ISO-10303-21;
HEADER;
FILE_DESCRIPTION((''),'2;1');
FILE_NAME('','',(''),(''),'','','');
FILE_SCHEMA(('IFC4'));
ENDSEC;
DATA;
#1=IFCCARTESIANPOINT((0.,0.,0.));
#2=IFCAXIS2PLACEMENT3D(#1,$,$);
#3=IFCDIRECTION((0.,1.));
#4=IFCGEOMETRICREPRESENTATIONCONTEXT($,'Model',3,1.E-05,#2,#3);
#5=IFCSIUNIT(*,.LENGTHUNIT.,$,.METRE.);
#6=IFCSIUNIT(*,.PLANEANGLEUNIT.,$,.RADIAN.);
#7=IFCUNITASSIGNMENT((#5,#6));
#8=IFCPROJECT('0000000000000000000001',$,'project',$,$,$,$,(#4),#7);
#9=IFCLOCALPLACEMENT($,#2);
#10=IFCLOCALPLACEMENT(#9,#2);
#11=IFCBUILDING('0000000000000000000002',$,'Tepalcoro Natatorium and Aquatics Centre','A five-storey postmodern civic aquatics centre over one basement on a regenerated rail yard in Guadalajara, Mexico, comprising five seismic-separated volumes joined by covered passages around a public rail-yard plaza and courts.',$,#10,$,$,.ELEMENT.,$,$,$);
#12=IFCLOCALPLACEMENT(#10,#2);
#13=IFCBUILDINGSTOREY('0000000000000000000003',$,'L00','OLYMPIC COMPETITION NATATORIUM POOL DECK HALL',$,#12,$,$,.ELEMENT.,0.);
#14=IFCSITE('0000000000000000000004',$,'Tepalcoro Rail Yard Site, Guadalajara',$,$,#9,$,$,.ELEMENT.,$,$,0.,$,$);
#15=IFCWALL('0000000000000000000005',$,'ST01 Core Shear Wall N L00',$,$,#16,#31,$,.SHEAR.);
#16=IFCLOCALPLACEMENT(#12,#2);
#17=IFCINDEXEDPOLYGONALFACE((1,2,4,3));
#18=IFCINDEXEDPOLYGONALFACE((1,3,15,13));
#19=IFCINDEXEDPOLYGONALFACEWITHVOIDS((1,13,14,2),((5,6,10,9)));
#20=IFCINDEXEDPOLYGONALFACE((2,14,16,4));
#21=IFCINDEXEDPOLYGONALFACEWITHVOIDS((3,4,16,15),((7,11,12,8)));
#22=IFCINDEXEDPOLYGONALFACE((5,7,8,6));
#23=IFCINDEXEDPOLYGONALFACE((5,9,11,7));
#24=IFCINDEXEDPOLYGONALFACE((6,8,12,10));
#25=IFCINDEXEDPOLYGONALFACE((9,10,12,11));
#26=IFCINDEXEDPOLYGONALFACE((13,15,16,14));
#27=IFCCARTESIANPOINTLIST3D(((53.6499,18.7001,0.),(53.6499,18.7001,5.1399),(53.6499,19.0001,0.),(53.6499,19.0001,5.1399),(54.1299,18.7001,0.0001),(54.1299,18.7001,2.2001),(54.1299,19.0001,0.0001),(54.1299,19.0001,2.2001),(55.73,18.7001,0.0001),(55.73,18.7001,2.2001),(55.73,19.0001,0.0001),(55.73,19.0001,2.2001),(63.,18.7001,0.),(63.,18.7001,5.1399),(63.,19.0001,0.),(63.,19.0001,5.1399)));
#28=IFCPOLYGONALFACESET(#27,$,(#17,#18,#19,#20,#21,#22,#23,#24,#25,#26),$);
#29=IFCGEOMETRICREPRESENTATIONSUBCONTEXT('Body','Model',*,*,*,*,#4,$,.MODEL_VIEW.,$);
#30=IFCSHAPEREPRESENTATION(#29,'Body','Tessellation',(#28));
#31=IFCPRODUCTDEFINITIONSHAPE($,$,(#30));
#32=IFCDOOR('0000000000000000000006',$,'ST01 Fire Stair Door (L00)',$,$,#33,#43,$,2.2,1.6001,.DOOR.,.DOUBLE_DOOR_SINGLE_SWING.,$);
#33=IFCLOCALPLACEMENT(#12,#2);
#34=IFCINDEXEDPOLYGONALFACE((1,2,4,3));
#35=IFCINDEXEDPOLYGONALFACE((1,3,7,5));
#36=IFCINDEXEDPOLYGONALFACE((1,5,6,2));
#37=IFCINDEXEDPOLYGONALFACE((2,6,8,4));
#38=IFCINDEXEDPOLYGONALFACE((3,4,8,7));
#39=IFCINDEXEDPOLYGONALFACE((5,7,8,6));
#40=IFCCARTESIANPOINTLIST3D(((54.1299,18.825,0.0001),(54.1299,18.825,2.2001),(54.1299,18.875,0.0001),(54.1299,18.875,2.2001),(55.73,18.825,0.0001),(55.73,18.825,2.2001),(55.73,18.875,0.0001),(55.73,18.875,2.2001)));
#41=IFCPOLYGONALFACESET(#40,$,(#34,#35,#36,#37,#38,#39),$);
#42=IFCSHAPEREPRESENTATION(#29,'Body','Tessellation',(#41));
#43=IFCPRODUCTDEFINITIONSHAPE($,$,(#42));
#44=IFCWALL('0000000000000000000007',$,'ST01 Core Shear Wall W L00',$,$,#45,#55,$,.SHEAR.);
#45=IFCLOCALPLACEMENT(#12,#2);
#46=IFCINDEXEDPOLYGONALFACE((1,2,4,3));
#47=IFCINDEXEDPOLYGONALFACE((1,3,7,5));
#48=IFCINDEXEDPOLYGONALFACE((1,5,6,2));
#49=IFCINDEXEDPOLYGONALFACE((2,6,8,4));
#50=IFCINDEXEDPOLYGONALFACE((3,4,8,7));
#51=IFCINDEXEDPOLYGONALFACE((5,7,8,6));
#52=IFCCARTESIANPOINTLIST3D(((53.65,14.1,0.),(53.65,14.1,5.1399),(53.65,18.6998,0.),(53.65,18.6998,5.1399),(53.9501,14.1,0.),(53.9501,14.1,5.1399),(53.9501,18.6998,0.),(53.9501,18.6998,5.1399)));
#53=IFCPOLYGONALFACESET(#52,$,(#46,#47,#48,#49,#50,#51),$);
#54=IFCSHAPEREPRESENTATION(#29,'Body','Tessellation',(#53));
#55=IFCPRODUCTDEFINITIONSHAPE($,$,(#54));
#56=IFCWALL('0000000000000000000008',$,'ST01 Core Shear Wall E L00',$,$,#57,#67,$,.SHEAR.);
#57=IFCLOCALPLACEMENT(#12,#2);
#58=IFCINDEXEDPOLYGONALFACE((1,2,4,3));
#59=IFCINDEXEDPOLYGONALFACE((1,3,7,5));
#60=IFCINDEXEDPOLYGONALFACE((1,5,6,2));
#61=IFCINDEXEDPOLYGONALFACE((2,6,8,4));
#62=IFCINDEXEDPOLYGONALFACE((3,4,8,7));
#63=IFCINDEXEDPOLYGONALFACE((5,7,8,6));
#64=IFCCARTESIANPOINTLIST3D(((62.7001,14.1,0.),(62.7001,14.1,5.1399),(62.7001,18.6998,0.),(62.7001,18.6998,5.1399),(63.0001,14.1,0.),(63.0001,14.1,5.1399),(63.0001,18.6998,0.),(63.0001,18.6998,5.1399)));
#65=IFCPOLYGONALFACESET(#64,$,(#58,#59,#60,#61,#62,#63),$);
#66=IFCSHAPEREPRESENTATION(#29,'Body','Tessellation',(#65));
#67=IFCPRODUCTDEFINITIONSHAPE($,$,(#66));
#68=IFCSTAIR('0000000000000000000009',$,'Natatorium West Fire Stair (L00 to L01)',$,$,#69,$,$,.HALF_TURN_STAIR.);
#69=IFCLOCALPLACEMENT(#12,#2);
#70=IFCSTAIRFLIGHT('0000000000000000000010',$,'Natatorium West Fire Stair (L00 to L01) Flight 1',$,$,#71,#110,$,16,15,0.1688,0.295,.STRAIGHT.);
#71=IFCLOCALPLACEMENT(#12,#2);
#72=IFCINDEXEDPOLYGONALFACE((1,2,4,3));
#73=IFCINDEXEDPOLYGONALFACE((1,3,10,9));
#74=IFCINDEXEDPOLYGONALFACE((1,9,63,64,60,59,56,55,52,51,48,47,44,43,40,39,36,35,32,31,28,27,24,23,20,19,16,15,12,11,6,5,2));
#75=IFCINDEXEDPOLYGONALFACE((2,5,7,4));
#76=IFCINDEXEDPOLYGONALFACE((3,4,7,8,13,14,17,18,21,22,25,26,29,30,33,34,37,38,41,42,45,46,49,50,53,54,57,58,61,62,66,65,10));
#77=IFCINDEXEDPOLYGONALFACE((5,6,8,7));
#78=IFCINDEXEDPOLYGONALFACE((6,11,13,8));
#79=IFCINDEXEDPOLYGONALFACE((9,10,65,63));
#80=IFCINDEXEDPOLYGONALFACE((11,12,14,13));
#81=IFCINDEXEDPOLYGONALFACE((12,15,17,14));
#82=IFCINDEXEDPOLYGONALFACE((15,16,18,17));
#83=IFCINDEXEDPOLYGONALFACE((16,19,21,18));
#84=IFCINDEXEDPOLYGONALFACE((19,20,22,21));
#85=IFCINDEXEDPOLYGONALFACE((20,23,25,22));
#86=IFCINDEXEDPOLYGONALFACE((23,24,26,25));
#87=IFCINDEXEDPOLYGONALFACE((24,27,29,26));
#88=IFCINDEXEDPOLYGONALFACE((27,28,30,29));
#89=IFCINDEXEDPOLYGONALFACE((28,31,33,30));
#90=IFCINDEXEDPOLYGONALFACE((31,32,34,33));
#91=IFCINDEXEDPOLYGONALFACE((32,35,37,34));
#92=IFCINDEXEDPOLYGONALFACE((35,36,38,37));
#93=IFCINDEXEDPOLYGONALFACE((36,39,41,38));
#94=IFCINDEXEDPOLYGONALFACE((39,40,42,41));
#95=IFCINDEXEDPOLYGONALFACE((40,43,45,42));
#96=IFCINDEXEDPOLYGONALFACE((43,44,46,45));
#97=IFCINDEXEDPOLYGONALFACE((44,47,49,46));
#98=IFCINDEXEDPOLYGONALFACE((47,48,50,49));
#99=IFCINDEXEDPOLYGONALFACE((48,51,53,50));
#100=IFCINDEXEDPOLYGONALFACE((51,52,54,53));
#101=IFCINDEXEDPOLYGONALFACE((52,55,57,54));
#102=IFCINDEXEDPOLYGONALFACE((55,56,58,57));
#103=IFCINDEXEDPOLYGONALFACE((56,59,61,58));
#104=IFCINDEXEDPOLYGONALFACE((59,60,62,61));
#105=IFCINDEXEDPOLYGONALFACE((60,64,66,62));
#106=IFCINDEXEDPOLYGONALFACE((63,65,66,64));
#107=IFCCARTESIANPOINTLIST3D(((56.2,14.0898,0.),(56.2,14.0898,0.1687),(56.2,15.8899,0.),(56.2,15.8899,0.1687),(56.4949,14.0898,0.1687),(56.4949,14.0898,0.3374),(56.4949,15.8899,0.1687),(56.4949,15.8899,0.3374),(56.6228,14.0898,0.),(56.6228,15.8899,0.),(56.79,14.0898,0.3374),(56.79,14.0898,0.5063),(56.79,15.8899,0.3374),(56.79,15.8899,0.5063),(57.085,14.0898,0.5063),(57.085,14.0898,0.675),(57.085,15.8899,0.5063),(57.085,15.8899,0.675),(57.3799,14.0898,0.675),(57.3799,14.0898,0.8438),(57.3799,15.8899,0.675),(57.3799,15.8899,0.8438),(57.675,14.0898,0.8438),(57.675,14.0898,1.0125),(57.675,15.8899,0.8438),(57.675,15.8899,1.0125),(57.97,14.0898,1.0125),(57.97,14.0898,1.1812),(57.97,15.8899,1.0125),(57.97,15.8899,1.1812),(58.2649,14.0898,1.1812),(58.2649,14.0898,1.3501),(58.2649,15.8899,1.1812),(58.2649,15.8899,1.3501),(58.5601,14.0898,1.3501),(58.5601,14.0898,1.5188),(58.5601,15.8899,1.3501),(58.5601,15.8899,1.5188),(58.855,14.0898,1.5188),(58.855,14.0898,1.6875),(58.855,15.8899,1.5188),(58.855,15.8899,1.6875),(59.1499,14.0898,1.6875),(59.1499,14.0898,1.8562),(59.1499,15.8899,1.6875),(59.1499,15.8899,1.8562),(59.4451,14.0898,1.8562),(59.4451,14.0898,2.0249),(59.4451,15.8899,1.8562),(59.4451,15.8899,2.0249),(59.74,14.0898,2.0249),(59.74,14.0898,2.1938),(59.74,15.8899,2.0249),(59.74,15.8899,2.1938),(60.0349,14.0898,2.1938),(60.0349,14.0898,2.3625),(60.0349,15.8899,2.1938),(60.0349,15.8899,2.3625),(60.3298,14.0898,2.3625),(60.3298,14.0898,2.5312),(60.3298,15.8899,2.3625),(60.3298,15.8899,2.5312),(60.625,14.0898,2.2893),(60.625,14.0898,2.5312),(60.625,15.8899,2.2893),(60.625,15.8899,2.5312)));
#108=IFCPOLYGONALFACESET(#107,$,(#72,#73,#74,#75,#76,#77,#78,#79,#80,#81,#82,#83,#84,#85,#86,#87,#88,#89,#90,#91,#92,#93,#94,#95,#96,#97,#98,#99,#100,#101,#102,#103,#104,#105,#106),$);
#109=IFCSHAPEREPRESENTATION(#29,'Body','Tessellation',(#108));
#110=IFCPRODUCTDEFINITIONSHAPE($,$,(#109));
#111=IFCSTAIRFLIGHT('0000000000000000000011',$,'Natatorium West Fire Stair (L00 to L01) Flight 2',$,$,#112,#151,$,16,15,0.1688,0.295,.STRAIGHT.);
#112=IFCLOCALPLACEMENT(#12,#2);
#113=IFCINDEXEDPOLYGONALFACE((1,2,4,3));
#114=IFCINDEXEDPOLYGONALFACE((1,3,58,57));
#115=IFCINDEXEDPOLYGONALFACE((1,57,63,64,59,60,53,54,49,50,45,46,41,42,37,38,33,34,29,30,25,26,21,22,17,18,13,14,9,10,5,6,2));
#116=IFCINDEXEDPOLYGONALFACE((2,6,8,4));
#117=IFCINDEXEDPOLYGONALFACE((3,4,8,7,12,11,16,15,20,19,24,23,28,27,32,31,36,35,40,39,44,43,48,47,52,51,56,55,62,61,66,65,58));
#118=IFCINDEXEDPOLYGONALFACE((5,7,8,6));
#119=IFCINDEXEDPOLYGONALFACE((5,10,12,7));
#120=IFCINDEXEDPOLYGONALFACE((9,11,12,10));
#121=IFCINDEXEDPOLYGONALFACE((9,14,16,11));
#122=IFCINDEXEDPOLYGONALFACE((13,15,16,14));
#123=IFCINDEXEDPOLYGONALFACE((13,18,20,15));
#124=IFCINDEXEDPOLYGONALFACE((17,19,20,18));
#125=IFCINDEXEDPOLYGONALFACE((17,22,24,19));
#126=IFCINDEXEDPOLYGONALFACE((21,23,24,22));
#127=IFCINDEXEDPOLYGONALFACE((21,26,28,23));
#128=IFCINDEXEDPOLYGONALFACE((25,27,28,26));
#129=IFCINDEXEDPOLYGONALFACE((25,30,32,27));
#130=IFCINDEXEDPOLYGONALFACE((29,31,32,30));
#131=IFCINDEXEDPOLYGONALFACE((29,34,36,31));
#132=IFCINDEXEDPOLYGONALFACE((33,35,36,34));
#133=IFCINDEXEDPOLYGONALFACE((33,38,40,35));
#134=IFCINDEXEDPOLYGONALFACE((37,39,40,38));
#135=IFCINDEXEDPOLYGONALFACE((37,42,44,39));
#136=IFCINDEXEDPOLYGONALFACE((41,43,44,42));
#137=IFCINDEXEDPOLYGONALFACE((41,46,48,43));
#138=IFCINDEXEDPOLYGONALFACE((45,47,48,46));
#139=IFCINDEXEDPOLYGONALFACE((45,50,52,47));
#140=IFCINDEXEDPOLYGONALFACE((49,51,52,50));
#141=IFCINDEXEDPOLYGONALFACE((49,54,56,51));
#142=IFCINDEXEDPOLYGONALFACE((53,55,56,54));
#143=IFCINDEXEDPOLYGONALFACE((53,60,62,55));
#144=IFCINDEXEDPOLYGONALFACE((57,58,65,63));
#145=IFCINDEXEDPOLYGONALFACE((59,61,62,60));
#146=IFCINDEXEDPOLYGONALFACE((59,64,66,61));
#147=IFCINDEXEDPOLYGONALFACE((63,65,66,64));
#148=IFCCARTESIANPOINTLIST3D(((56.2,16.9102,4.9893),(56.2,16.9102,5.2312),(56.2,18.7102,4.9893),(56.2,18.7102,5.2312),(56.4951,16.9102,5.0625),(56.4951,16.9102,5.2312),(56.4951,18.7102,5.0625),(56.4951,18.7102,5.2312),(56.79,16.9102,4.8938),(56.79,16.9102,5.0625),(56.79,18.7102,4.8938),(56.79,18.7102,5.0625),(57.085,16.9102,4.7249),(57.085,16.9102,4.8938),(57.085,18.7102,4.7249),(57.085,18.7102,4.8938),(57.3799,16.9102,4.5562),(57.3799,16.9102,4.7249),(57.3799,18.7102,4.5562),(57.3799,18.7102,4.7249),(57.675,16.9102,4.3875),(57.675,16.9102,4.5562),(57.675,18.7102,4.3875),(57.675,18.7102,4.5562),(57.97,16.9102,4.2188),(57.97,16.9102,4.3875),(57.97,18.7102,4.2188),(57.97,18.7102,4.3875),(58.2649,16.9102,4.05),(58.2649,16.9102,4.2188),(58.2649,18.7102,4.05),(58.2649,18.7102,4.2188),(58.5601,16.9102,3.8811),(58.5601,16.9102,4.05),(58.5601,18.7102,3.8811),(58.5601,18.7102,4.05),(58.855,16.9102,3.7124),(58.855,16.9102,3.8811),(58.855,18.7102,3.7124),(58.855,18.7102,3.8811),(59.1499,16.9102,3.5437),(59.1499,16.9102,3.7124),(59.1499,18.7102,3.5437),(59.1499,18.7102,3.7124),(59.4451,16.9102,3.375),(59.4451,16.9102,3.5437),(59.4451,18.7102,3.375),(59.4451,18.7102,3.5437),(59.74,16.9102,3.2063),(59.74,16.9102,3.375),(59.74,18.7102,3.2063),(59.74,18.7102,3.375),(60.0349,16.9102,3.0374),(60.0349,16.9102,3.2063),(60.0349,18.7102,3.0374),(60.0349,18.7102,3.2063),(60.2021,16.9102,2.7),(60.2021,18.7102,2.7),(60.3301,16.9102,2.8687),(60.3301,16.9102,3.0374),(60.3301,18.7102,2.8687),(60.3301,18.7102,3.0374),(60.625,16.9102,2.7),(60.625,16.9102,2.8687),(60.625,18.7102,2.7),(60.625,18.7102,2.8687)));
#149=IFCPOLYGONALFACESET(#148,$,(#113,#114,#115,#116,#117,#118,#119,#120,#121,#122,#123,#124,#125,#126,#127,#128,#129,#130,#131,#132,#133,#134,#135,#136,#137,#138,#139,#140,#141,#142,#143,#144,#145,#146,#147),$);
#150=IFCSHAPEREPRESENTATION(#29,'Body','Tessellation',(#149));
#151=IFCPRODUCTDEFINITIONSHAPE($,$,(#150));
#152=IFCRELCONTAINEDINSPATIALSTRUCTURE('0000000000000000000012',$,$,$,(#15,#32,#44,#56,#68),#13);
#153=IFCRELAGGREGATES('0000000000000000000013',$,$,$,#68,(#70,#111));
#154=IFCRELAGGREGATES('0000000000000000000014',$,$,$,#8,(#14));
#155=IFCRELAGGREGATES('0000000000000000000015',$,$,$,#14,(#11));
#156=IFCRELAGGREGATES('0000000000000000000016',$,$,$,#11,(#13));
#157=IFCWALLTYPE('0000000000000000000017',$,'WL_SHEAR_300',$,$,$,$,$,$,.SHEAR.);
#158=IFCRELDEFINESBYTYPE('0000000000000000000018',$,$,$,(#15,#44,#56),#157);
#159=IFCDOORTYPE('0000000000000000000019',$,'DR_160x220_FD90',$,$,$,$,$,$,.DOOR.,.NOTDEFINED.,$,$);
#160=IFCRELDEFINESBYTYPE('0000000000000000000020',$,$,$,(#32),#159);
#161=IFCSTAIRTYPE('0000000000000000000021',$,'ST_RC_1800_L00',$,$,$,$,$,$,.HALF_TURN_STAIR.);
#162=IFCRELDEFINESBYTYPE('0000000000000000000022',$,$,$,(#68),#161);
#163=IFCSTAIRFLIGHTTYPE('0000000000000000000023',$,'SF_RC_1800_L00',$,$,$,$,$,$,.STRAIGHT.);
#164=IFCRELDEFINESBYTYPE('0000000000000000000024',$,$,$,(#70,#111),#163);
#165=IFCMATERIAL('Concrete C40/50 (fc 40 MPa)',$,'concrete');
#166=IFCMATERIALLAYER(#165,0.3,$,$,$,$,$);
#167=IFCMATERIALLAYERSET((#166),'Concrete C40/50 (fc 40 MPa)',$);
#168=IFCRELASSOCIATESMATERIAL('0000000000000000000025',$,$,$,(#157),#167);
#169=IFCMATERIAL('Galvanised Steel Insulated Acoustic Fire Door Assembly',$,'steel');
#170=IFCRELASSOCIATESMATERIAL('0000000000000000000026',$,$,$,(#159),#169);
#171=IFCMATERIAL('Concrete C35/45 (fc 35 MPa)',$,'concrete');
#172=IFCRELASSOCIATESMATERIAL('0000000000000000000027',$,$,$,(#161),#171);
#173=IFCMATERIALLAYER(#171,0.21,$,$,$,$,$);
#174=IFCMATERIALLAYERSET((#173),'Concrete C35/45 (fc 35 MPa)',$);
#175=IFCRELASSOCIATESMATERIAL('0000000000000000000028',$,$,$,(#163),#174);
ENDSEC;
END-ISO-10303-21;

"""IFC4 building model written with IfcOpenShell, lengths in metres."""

from ifc_helpers import new_model, si_unit, direction, frame, frame_2d, origin, place, context, subcontext, project, spatial, polyline, rectangle, outline, extrude, material, layer, layer_set, type_object, element, fill, aggregate, save


model = new_model("IFC4")

# Units and contexts
model_context = context("Model", 3, precision=1e-05, world=origin(), true_north=direction((0.0, 1.0)))
body_context = subcontext(model_context, "Body", "Model", "MODEL_VIEW")
ifc_project = project(units=[si_unit("LENGTHUNIT", "METRE"), si_unit("PLANEANGLEUNIT", "RADIAN")], contexts=[model_context])

# Site, building, storey
site_placement = place(None, origin())
site = spatial("IfcSite", under=ifc_project, at=site_placement, Name="Tepalcoro Rail Yard Site, Guadalajara", CompositionType="ELEMENT", RefElevation=0.0)
building_placement = place(site_placement, origin())
building = spatial("IfcBuilding", under=site, at=building_placement, Name="Tepalcoro Natatorium and Aquatics Centre", Description="A five-storey postmodern civic aquatics centre over one basement on a regenerated rail yard in Guadalajara, Mexico, comprising five seismic-separated volumes joined by covered passages around a public rail-yard plaza and courts.", CompositionType="ELEMENT")
storey_placement = place(building_placement, origin())
storey = spatial("IfcBuildingStorey", under=building, at=storey_placement, Name="L00", Description="OLYMPIC COMPETITION NATATORIUM POOL DECK HALL", CompositionType="ELEMENT", Elevation=0.0)

# Shared definitions
ifc_material_1 = material(Name="Concrete C40/50 (fc 40 MPa)", Category="concrete")

# Shared definitions
ifc_material_2 = material(Name="Galvanised Steel Insulated Acoustic Fire Door Assembly", Category="steel")

# Wall, opening, door
ifc_layer_1 = layer(ifc_material_1, 0.3)
ifc_layer_set_1 = layer_set([ifc_layer_1], Name="Concrete C40/50 (fc 40 MPa)")
wall_type_1 = type_object("IfcWallType", Name="WL_SHEAR_300", PredefinedType="SHEAR", material=ifc_layer_set_1)
wall_1_placement = place(storey_placement, frame((53.6499, 18.8501, 0.0), z_axis=(0.0, 0.0, 1.0), x_axis=(1.0, 0.0, 0.0)))
wall_1 = element("IfcWall", 1, at=wall_1_placement, inside=storey, type_object=wall_type_1, Name="ST01 Core Shear Wall N L00", PredefinedType="SHEAR", context=body_context, shape_type="SweptSolid", body=[
    extrude(rectangle(XDim=9.3501, YDim=0.3, at=frame_2d((4.675, 0.0))), origin(), (0.0, 0.0, 1.0), 5.1399),
])
opening_1_placement = place(wall_1_placement, frame((0.48, 0.0, 0.0)))
opening_1 = element("IfcOpeningElement", 2, at=opening_1_placement, cuts=wall_1, PredefinedType="OPENING", context=body_context, shape_type="SweptSolid", body=[
    extrude(rectangle(XDim=1.6001, YDim=2.2, at=frame_2d((0.8, 1.1001))), frame((0.0, 0.1621, 0.0), z_axis=(0.0, -1.0, 0.0), x_axis=(1.0, 0.0, 0.0)), (0.0, 0.0, 1.0), 0.324),
])
door_type_1 = type_object("IfcDoorType", Name="DR_160x220_FD90", OperationType="NOTDEFINED", PredefinedType="DOOR", material=ifc_material_2)
door_1_placement = place(opening_1_placement, origin())
door_1 = element("IfcDoor", 3, at=door_1_placement, inside=storey, type_object=door_type_1, Name="ST01 Fire Stair Door (L00)", OperationType="DOUBLE_DOOR_SINGLE_SWING", OverallHeight=2.2, OverallWidth=1.6001, PredefinedType="DOOR", context=body_context, shape_type="SweptSolid", body=[
    extrude(rectangle(XDim=1.6001, YDim=2.2, at=frame_2d((0.8, 1.1001))), frame((0.0, 0.0249, 0.0), z_axis=(0.0, -1.0, 0.0), x_axis=(1.0, 0.0, 0.0)), (0.0, 0.0, 1.0), 0.05),
])
fill(opening_1, door_1)

# Walls
for number, where, z_axis, x_axis, name in (
    (4, (53.8, 14.1001, 0.0), (0.0, 0.0, 1.0), (0.0, 1.0, 0.0), "ST01 Core Shear Wall W L00"),
    (5, (62.8501, 14.1001, 0.0), (0.0, 0.0, 1.0), (0.0, 1.0, 0.0), "ST01 Core Shear Wall E L00"),
):
    element("IfcWall", number, at=place(storey_placement, frame(where, z_axis=z_axis, x_axis=x_axis)), inside=storey, type_object=wall_type_1, Name=name, PredefinedType="SHEAR", context=body_context, shape_type="SweptSolid", body=[
        extrude(rectangle(XDim=4.5999, YDim=0.3, at=frame_2d((2.2998, 0.0))), origin(), (0.0, 0.0, 1.0), 5.1399),
    ])

# Stair, stair flights
ifc_material_3 = material(Name="Concrete C35/45 (fc 35 MPa)", Category="concrete")
stair_type = type_object("IfcStairType", Name="ST_RC_1800_L00", PredefinedType="HALF_TURN_STAIR", material=ifc_material_3)
stair_placement = place(storey_placement, origin())
stair = element("IfcStair", 6, at=stair_placement, inside=storey, type_object=stair_type, Name="Natatorium West Fire Stair (L00 to L01)", PredefinedType="HALF_TURN_STAIR")
ifc_layer_2 = layer(ifc_material_3, 0.21)
ifc_layer_set_2 = layer_set([ifc_layer_2], Name="Concrete C35/45 (fc 35 MPa)")
stair_flight_type = type_object("IfcStairFlightType", Name="SF_RC_1800_L00", PredefinedType="STRAIGHT", material=ifc_layer_set_2)
stair_flight_1_placement = place(storey_placement, frame((56.2, 14.99, 0.0), z_axis=(0.0, 0.0, 1.0), x_axis=(1.0, 0.0, 0.0)))
stair_flight_1 = element("IfcStairFlight", 7, at=stair_flight_1_placement, type_object=stair_flight_type, Name="Natatorium West Fire Stair (L00 to L01) Flight 1", NumberOfRisers=16, NumberOfTreads=15, PredefinedType="STRAIGHT", RiserHeight=0.1688, TreadLength=0.295, context=body_context, shape_type="SweptSolid", body=[
    extrude(outline(polyline([(0.0, 0.0), (0.0, 0.1687), (0.2949, 0.1687), (0.2949, 0.3374), (0.5901, 0.3374), (0.5901, 0.5063), (0.885, 0.5063), (0.885, 0.675), (1.1799, 0.675), (1.1799, 0.8438), (1.4751, 0.8438), (1.4751, 1.0125), (1.77, 1.0125), (1.77, 1.1812), (2.0649, 1.1812), (2.0649, 1.3501), (2.3601, 1.3501), (2.3601, 1.5188), (2.655, 1.5188), (2.655, 1.6875), (2.95, 1.6875), (2.95, 1.8562), (3.2451, 1.8562), (3.2451, 2.0249), (3.54, 2.0249), (3.54, 2.1938), (3.835, 2.1938), (3.835, 2.3625), (4.1299, 2.3625), (4.1299, 2.5312), (4.425, 2.5312), (4.425, 2.7), (4.425, 2.2893), (0.4229, 0.0), (0.0, 0.0)])), frame((0.0, 0.8999, 0.0), z_axis=(0.0, -1.0, 0.0), x_axis=(1.0, 0.0, 0.0)), (0.0, 0.0, 1.0), 1.8),
])
stair_flight_2_placement = place(storey_placement, frame((60.625, 17.8101, 2.7), z_axis=(0.0, 0.0, 1.0), x_axis=(-1.0, 0.0, 0.0)))
stair_flight_2 = element("IfcStairFlight", 8, at=stair_flight_2_placement, type_object=stair_flight_type, Name="Natatorium West Fire Stair (L00 to L01) Flight 2", NumberOfRisers=16, NumberOfTreads=15, PredefinedType="STRAIGHT", RiserHeight=0.1688, TreadLength=0.295, context=body_context, shape_type="SweptSolid", body=[
    extrude(outline(polyline([(0.0, 0.0), (0.0, 0.1687), (0.2949, 0.1687), (0.2949, 0.3374), (0.5901, 0.3374), (0.5901, 0.5063), (0.885, 0.5063), (0.885, 0.675), (1.1799, 0.675), (1.1799, 0.8438), (1.4751, 0.8438), (1.4751, 1.0125), (1.77, 1.0125), (1.77, 1.1812), (2.0649, 1.1812), (2.0649, 1.3501), (2.3601, 1.3501), (2.3601, 1.5188), (2.655, 1.5188), (2.655, 1.6875), (2.95, 1.6875), (2.95, 1.8562), (3.2451, 1.8562), (3.2451, 2.0249), (3.54, 2.0249), (3.54, 2.1938), (3.835, 2.1938), (3.835, 2.3625), (4.1299, 2.3625), (4.1299, 2.5312), (4.425, 2.5312), (4.425, 2.7), (4.425, 2.2893), (0.4229, 0.0), (0.0, 0.0)])), frame((0.0, 0.8999, 0.0), z_axis=(0.0, -1.0, 0.0), x_axis=(1.0, 0.0, 0.0)), (0.0, 0.0, 1.0), 1.8),
])
aggregate(stair, [stair_flight_1, stair_flight_2])

save(model, "model.ifc")
